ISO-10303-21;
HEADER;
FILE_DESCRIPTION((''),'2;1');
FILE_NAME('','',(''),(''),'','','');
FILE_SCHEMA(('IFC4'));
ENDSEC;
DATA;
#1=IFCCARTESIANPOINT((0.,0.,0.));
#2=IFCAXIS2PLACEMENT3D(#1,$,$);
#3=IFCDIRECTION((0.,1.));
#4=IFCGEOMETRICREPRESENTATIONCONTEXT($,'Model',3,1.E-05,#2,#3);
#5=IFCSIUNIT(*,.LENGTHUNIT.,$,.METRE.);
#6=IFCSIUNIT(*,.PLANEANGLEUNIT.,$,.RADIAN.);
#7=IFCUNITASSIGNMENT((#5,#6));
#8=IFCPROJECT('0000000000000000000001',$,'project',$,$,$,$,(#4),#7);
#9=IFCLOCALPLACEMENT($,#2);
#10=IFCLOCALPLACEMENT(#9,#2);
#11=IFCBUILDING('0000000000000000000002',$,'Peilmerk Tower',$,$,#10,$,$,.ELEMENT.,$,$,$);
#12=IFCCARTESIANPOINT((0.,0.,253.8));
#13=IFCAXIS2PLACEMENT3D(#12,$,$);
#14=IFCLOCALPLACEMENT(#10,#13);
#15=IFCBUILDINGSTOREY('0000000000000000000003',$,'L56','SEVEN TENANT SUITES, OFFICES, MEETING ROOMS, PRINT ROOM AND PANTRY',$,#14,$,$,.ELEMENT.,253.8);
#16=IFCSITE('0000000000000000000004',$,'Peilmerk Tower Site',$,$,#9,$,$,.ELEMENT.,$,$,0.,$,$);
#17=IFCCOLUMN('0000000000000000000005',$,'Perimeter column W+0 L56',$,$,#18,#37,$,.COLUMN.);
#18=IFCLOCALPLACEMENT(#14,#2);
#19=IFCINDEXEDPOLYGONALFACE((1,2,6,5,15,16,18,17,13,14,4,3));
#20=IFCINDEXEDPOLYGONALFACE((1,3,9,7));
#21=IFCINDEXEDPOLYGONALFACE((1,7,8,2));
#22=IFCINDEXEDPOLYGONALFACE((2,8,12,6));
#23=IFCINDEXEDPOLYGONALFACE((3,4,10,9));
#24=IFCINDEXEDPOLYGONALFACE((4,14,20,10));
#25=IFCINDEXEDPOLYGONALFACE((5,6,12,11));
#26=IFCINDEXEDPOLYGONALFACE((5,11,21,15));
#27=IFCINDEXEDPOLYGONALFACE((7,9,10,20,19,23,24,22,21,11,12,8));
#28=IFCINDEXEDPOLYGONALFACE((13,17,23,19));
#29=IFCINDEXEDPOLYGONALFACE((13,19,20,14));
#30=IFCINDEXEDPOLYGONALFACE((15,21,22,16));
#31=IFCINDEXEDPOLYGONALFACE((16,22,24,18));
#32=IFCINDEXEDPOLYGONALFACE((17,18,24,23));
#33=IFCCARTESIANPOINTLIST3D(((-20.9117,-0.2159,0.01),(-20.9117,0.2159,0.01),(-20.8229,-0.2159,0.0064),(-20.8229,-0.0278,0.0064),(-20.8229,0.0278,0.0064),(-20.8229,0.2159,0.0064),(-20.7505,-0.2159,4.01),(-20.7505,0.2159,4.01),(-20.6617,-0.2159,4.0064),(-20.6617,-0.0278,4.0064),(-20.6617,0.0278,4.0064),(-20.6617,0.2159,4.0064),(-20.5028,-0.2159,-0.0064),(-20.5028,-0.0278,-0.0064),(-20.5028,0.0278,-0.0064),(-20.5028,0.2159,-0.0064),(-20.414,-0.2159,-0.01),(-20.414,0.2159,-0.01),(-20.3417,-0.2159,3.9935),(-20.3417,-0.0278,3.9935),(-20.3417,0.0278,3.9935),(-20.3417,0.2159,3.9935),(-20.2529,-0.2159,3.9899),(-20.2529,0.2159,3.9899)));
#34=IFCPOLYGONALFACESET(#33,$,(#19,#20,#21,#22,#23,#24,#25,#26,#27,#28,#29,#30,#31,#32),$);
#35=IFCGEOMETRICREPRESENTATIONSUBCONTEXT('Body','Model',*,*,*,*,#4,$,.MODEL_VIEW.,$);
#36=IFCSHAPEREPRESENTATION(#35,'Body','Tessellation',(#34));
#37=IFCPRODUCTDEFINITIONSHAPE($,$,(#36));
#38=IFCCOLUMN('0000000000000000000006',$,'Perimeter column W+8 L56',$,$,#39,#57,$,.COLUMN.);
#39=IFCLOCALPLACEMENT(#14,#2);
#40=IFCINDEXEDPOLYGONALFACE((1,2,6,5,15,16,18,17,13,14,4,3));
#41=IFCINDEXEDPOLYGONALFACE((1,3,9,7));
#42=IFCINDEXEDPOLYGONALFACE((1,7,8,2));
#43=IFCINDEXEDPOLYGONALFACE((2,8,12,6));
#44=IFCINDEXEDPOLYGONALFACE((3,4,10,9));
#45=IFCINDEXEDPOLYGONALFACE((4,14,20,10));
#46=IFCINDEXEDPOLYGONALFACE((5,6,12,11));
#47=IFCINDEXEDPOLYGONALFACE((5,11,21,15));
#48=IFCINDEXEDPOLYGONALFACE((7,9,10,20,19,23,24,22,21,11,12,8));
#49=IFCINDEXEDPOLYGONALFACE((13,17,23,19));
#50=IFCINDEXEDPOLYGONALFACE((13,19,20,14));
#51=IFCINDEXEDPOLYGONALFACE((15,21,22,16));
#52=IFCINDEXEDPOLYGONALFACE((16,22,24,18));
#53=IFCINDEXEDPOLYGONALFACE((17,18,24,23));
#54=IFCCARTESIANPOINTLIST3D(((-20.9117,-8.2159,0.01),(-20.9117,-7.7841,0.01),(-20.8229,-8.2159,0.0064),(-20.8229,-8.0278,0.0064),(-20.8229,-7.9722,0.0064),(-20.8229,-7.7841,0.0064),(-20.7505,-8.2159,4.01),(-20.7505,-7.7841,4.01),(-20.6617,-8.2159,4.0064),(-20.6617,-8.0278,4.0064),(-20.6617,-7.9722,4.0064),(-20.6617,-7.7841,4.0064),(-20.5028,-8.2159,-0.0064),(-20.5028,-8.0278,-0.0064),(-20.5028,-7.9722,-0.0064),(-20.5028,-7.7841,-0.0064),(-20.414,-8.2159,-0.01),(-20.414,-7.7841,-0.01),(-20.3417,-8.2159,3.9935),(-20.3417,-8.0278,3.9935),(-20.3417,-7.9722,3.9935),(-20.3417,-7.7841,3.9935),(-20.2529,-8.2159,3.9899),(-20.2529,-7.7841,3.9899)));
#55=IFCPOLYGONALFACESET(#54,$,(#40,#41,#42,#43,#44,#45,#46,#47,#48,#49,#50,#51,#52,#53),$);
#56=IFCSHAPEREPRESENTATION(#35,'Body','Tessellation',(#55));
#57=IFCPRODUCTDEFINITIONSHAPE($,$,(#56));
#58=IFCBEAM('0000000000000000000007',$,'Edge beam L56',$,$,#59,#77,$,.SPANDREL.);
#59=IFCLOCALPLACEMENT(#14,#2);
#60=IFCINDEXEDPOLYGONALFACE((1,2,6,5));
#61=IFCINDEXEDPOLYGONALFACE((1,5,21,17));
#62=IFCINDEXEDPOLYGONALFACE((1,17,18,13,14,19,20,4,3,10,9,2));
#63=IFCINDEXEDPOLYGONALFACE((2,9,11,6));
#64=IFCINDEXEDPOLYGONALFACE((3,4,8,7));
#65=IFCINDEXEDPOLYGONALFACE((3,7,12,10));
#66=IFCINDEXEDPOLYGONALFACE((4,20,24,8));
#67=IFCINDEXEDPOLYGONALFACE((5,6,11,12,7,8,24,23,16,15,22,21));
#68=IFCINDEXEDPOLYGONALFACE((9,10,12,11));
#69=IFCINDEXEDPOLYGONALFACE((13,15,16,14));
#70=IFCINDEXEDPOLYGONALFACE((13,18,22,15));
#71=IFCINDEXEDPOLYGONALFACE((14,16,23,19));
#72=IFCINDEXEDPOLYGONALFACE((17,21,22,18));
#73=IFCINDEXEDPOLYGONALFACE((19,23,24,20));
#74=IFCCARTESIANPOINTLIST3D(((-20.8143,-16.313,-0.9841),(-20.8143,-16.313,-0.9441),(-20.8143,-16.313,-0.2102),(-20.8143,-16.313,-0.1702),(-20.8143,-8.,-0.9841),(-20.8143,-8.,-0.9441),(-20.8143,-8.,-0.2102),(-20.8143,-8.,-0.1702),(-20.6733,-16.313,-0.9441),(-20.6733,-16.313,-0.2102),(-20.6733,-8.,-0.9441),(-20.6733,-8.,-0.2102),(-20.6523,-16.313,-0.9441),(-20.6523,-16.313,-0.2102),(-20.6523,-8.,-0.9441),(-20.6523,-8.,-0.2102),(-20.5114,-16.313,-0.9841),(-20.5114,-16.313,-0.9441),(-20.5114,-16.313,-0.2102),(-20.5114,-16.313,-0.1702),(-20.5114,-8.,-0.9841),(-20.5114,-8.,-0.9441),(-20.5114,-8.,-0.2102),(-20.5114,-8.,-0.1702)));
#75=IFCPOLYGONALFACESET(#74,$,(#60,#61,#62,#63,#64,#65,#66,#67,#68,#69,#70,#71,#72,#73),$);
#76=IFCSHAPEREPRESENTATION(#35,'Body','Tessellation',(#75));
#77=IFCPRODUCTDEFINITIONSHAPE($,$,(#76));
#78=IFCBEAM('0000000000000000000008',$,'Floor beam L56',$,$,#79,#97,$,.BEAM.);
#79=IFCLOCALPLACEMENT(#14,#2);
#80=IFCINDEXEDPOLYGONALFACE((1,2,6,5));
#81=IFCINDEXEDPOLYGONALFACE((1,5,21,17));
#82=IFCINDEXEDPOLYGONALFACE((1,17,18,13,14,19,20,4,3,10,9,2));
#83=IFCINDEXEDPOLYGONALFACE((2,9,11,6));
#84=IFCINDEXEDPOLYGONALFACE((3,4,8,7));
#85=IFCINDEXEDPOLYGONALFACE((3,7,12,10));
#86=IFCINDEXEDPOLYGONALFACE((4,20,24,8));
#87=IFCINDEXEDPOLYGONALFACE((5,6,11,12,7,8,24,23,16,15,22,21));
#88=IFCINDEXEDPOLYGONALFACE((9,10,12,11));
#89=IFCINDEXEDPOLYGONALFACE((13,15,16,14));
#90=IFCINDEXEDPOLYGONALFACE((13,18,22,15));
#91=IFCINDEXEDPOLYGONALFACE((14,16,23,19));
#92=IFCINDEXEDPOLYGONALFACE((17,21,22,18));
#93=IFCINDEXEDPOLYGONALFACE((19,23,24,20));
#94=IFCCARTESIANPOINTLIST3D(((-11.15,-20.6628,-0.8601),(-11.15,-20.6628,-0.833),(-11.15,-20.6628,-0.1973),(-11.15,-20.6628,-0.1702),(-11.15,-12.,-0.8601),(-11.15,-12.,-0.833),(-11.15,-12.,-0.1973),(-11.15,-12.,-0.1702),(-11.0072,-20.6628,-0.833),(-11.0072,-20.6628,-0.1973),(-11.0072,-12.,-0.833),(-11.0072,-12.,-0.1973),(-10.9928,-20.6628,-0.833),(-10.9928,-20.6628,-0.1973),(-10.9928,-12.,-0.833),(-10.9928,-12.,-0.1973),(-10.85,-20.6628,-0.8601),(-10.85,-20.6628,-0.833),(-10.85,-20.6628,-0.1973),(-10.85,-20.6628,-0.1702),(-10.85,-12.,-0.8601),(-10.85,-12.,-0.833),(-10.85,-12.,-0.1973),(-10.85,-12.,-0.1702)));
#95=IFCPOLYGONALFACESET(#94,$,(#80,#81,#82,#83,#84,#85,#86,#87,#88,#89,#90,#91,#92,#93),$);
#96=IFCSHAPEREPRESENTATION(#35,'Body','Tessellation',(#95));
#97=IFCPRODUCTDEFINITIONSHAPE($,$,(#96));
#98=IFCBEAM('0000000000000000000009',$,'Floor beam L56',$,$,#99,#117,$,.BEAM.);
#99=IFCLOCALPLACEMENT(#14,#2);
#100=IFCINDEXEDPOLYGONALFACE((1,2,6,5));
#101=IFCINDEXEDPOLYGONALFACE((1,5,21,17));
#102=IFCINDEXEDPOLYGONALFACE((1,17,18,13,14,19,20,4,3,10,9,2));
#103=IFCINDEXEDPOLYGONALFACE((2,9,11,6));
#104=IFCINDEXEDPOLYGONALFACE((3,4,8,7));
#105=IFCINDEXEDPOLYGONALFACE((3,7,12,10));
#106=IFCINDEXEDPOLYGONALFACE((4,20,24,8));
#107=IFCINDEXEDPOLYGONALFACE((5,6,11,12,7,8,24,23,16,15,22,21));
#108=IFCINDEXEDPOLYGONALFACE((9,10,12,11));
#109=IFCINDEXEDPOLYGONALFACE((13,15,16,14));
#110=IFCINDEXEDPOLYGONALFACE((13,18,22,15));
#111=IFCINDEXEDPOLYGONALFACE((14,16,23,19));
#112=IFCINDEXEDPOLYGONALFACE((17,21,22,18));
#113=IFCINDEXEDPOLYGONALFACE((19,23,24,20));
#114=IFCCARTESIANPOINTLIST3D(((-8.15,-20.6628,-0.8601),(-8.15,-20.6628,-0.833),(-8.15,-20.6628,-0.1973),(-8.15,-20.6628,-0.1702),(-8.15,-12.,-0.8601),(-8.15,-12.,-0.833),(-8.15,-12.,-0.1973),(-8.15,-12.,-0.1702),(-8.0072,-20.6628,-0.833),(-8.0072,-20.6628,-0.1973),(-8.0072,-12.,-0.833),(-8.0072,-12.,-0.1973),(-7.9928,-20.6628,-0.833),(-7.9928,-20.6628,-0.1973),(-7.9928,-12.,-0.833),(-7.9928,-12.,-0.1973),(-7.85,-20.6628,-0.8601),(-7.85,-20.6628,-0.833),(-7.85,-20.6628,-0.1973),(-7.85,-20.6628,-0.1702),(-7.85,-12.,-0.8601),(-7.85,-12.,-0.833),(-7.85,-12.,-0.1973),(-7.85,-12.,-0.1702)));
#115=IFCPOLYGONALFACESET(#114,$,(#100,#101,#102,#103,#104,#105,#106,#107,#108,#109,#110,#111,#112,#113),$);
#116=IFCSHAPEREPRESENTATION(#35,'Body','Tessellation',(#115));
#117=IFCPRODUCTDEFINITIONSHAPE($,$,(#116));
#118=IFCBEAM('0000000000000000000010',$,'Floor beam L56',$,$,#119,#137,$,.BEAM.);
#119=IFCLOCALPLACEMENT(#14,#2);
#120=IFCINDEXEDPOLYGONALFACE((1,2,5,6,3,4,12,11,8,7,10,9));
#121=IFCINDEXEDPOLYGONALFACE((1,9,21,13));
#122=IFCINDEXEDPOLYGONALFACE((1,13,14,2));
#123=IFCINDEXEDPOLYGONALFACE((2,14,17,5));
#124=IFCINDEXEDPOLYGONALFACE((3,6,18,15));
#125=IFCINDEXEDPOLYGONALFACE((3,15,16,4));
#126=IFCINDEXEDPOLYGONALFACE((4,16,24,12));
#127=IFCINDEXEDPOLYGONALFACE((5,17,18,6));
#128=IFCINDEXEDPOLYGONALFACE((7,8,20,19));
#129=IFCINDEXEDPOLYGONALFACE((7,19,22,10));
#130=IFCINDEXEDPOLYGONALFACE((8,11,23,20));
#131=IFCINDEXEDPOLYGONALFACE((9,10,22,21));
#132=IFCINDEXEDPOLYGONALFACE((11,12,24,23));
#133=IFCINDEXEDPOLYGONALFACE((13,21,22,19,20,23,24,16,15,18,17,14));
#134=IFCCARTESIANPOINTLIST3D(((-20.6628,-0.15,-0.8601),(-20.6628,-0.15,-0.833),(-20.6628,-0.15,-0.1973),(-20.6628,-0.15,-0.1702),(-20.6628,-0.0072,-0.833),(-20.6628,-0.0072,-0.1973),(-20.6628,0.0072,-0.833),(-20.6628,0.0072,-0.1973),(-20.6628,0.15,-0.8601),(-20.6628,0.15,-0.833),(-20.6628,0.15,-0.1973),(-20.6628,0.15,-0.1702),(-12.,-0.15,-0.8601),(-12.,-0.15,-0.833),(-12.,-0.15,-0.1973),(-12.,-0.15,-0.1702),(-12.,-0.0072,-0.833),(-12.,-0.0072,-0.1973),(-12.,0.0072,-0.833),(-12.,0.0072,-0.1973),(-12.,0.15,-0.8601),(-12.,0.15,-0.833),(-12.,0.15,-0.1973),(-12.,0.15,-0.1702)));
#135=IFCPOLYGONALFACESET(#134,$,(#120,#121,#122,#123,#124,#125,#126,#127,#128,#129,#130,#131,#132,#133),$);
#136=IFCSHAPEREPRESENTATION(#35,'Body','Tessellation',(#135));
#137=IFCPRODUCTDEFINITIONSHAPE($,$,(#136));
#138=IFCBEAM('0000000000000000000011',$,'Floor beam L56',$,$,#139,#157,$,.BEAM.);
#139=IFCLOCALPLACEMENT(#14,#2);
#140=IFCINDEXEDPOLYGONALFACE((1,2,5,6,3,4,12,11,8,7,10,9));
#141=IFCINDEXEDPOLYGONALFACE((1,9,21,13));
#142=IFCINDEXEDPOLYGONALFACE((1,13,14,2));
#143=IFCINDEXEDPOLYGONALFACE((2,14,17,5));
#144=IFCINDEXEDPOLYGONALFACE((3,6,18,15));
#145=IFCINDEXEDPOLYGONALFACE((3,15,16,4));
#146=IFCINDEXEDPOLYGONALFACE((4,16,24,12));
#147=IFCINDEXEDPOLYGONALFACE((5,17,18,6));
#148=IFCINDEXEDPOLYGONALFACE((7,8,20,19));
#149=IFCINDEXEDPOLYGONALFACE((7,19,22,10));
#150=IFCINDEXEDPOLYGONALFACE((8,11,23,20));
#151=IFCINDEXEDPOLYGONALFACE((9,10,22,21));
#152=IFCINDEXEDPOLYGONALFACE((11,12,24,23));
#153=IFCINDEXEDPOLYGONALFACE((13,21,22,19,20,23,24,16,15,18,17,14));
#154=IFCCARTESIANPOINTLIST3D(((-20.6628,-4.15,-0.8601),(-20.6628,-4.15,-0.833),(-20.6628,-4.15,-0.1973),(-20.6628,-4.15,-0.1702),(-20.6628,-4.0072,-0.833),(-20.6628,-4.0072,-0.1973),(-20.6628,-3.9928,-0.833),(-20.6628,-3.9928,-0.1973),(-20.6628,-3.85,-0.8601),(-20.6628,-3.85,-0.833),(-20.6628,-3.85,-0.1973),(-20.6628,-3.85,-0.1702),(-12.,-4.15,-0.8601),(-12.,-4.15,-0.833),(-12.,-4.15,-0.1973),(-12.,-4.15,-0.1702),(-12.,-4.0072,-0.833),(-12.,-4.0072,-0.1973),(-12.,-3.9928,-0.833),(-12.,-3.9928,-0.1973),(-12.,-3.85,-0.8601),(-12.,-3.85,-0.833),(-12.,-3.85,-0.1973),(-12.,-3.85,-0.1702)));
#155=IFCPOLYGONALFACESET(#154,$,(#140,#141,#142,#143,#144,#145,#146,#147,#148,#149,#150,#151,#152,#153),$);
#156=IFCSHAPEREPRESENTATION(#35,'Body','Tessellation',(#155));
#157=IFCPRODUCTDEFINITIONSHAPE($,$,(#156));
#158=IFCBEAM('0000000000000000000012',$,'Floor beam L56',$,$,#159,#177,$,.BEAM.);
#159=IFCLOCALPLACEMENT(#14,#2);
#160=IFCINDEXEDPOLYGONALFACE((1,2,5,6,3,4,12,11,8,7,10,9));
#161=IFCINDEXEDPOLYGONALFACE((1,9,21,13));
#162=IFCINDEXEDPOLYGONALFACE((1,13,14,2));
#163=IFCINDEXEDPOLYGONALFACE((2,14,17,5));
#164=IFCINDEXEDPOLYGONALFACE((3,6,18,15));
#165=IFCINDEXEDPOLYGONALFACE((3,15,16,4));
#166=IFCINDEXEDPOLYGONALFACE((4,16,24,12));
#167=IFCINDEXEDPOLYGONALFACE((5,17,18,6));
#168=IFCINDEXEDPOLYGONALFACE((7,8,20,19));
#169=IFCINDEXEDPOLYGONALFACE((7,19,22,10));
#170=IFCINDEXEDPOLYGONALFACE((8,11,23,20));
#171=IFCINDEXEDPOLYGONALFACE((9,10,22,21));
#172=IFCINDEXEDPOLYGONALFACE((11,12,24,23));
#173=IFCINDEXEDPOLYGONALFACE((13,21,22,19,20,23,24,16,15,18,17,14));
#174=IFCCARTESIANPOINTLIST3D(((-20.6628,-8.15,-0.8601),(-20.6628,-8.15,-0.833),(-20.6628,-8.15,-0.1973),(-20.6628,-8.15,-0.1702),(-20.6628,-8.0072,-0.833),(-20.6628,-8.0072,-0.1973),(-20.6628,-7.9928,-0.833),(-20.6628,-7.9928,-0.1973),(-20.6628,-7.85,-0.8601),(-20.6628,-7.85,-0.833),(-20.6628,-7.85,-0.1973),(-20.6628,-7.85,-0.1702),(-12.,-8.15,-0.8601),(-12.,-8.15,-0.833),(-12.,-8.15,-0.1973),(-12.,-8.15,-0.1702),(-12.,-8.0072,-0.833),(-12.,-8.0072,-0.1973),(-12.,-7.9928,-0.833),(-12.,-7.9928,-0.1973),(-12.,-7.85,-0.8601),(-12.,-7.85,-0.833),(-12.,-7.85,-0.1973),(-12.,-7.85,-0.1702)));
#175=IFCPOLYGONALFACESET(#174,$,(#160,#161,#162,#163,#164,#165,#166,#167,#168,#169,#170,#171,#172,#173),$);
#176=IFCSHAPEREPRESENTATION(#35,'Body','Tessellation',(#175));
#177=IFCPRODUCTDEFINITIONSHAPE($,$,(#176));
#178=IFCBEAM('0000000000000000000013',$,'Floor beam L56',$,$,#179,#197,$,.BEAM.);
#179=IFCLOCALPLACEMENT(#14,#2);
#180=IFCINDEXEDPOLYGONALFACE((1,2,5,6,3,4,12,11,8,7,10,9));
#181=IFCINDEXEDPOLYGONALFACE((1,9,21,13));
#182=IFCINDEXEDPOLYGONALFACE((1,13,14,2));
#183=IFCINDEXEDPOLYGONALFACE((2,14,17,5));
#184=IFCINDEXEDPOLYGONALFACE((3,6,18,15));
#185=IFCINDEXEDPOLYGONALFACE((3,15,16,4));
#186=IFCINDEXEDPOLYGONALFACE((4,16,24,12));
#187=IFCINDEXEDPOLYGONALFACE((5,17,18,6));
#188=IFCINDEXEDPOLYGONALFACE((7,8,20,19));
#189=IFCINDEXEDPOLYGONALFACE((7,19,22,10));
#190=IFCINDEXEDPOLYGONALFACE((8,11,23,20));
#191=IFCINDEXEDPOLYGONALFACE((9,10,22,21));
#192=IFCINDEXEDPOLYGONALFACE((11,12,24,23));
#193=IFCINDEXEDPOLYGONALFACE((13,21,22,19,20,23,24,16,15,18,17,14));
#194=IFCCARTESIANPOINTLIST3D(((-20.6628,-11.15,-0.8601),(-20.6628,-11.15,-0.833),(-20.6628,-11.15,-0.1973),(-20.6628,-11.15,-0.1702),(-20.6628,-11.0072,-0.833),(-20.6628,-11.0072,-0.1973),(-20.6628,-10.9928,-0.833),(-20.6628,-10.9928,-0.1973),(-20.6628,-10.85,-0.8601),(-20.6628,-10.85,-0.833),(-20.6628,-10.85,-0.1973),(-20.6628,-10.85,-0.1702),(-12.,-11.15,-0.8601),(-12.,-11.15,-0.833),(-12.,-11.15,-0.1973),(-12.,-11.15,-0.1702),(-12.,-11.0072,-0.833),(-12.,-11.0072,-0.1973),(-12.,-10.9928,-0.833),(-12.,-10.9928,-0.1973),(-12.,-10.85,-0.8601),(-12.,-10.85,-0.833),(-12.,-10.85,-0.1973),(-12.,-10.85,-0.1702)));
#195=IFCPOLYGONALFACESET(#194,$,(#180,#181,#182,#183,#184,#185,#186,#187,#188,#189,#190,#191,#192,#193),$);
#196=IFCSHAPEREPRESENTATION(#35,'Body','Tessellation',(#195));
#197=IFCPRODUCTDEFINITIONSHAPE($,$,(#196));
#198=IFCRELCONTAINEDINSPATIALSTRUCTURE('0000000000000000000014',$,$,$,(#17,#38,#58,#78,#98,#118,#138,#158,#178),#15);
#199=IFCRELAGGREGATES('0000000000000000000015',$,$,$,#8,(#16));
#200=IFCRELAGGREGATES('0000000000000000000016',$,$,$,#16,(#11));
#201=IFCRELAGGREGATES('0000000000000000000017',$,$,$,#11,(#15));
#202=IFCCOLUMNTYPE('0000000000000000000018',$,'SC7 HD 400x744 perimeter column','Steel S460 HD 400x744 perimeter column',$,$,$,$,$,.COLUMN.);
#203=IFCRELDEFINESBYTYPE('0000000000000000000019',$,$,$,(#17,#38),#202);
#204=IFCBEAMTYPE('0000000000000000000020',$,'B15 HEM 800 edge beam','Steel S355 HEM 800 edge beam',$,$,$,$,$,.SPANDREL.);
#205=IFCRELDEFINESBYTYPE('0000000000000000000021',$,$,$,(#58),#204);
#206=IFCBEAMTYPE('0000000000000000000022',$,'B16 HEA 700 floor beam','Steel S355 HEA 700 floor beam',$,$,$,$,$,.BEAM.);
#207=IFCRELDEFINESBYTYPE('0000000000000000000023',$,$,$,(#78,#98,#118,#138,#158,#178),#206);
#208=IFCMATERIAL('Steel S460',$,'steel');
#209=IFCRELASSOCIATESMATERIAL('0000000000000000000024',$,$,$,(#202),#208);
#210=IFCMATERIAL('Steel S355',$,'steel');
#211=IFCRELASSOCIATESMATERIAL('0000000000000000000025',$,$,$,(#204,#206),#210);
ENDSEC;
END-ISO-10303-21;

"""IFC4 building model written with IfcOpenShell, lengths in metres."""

from ifc_helpers import new_model, si_unit, direction, frame, origin, origin_2d, place, context, subcontext, project, spatial, i_section, extrude, material, material_profile, profile_set, type_object, element, save


model = new_model("IFC4")

# Units and contexts
model_context = context("Model", 3, precision=1e-05, world=origin(), true_north=direction((0.0, 1.0)))
body_context = subcontext(model_context, "Body", "Model", "MODEL_VIEW")
ifc_project = project(units=[si_unit("LENGTHUNIT", "METRE"), si_unit("PLANEANGLEUNIT", "RADIAN")], contexts=[model_context])

# Site, building, storey
site_placement = place(None, origin())
site = spatial("IfcSite", under=ifc_project, at=site_placement, Name="Peilmerk Tower Site", CompositionType="ELEMENT", RefElevation=0.0)
building_placement = place(site_placement, origin())
building = spatial("IfcBuilding", under=site, at=building_placement, Name="Peilmerk Tower", CompositionType="ELEMENT")
storey_placement = place(building_placement, frame((0.0, 0.0, 253.8)))
storey = spatial("IfcBuildingStorey", under=building, at=storey_placement, Name="L56", Description="SEVEN TENANT SUITES, OFFICES, MEETING ROOMS, PRINT ROOM AND PANTRY", CompositionType="ELEMENT", Elevation=253.8)

# Columns
ifc_material_1 = material(Name="Steel S460", Category="steel")
ifc_material_profile_1 = material_profile(ifc_material_1, i_section(OverallWidth=0.4319, OverallDepth=0.498, WebThickness=0.0557, FlangeThickness=0.0889, at=origin_2d()), Name="HD 400x744")
ifc_profile_set_1 = profile_set([ifc_material_profile_1], Name="Steel S460")
column_type = type_object("IfcColumnType", Name="SC7 HD 400x744 perimeter column", Description="Steel S460 HD 400x744 perimeter column", PredefinedType="COLUMN", material=ifc_profile_set_1)
for number, where, z_axis, x_axis, name in (
    (1, (-20.6628, 0.0, 0.0), (0.040251, 0.0, 0.99919), (0.0, 1.0, 0.0), "Perimeter column W+0 L56"),
    (2, (-20.6628, -8.0, 0.0), (0.040251, 0.0, 0.99919), (0.0, 1.0, 0.0), "Perimeter column W+8 L56"),
):
    element("IfcColumn", number, at=place(storey_placement, frame(where, z_axis=z_axis, x_axis=x_axis)), inside=storey, type_object=column_type, Name=name, PredefinedType="COLUMN", context=body_context, shape_type="SweptSolid", body=[
        extrude(i_section(OverallWidth=0.4319, OverallDepth=0.498, WebThickness=0.0557, FlangeThickness=0.0889, at=origin_2d()), origin(), (0.0, 0.0, 1.0), 4.0032),
    ])

# Beams
ifc_material_2 = material(Name="Steel S355", Category="steel")
ifc_material_profile_2 = material_profile(ifc_material_2, i_section(OverallWidth=0.303, OverallDepth=0.814, WebThickness=0.021, FlangeThickness=0.04, at=origin_2d()), Name="HEM 800")
ifc_profile_set_2 = profile_set([ifc_material_profile_2], Name="Steel S355")
beam_type_1 = type_object("IfcBeamType", Name="B15 HEM 800 edge beam", Description="Steel S355 HEM 800 edge beam", PredefinedType="SPANDREL", material=ifc_profile_set_2)
beam_1_placement = place(storey_placement, frame((-20.6628, -8.0, -0.5771), z_axis=(0.0, -1.0, 0.0), x_axis=(1.0, 0.0, 0.0)))
element("IfcBeam", 3, at=beam_1_placement, inside=storey, type_object=beam_type_1, Name="Edge beam L56", PredefinedType="SPANDREL", context=body_context, shape_type="SweptSolid", body=[
    extrude(i_section(OverallWidth=0.303, OverallDepth=0.814, WebThickness=0.021, FlangeThickness=0.04, at=origin_2d()), origin(), (0.0, 0.0, 1.0), 8.313),
])
ifc_material_profile_3 = material_profile(ifc_material_2, i_section(OverallWidth=0.3, OverallDepth=0.6899, WebThickness=0.0144, FlangeThickness=0.0271, at=origin_2d()), Name="HEA 700")
ifc_profile_set_3 = profile_set([ifc_material_profile_3], Name="Steel S355")
beam_type_2 = type_object("IfcBeamType", Name="B16 HEA 700 floor beam", Description="Steel S355 HEA 700 floor beam", PredefinedType="BEAM", material=ifc_profile_set_3)
for number, where, z_axis, x_axis, name in (
    (4, (-11.0, -12.0, -0.5151), (0.0, -1.0, 0.0), (1.0, 0.0, 0.0), "Floor beam L56"),
    (5, (-8.0, -12.0, -0.5151), (0.0, -1.0, 0.0), (1.0, 0.0, 0.0), "Floor beam L56"),
    (6, (-12.0, 0.0, -0.5151), (-1.0, 0.0, 0.0), (0.0, -1.0, 0.0), "Floor beam L56"),
    (7, (-12.0, -4.0, -0.5151), (-1.0, 0.0, 0.0), (0.0, -1.0, 0.0), "Floor beam L56"),
    (8, (-12.0, -8.0, -0.5151), (-1.0, 0.0, 0.0), (0.0, -1.0, 0.0), "Floor beam L56"),
    (9, (-12.0, -11.0, -0.5151), (-1.0, 0.0, 0.0), (0.0, -1.0, 0.0), "Floor beam L56"),
):
    element("IfcBeam", number, at=place(storey_placement, frame(where, z_axis=z_axis, x_axis=x_axis)), inside=storey, type_object=beam_type_2, Name=name, PredefinedType="BEAM", context=body_context, shape_type="SweptSolid", body=[
        extrude(i_section(OverallWidth=0.3, OverallDepth=0.6899, WebThickness=0.0144, FlangeThickness=0.0271, at=origin_2d()), origin(), (0.0, 0.0, 1.0), 8.6628),
    ])

save(model, "model.ifc")
